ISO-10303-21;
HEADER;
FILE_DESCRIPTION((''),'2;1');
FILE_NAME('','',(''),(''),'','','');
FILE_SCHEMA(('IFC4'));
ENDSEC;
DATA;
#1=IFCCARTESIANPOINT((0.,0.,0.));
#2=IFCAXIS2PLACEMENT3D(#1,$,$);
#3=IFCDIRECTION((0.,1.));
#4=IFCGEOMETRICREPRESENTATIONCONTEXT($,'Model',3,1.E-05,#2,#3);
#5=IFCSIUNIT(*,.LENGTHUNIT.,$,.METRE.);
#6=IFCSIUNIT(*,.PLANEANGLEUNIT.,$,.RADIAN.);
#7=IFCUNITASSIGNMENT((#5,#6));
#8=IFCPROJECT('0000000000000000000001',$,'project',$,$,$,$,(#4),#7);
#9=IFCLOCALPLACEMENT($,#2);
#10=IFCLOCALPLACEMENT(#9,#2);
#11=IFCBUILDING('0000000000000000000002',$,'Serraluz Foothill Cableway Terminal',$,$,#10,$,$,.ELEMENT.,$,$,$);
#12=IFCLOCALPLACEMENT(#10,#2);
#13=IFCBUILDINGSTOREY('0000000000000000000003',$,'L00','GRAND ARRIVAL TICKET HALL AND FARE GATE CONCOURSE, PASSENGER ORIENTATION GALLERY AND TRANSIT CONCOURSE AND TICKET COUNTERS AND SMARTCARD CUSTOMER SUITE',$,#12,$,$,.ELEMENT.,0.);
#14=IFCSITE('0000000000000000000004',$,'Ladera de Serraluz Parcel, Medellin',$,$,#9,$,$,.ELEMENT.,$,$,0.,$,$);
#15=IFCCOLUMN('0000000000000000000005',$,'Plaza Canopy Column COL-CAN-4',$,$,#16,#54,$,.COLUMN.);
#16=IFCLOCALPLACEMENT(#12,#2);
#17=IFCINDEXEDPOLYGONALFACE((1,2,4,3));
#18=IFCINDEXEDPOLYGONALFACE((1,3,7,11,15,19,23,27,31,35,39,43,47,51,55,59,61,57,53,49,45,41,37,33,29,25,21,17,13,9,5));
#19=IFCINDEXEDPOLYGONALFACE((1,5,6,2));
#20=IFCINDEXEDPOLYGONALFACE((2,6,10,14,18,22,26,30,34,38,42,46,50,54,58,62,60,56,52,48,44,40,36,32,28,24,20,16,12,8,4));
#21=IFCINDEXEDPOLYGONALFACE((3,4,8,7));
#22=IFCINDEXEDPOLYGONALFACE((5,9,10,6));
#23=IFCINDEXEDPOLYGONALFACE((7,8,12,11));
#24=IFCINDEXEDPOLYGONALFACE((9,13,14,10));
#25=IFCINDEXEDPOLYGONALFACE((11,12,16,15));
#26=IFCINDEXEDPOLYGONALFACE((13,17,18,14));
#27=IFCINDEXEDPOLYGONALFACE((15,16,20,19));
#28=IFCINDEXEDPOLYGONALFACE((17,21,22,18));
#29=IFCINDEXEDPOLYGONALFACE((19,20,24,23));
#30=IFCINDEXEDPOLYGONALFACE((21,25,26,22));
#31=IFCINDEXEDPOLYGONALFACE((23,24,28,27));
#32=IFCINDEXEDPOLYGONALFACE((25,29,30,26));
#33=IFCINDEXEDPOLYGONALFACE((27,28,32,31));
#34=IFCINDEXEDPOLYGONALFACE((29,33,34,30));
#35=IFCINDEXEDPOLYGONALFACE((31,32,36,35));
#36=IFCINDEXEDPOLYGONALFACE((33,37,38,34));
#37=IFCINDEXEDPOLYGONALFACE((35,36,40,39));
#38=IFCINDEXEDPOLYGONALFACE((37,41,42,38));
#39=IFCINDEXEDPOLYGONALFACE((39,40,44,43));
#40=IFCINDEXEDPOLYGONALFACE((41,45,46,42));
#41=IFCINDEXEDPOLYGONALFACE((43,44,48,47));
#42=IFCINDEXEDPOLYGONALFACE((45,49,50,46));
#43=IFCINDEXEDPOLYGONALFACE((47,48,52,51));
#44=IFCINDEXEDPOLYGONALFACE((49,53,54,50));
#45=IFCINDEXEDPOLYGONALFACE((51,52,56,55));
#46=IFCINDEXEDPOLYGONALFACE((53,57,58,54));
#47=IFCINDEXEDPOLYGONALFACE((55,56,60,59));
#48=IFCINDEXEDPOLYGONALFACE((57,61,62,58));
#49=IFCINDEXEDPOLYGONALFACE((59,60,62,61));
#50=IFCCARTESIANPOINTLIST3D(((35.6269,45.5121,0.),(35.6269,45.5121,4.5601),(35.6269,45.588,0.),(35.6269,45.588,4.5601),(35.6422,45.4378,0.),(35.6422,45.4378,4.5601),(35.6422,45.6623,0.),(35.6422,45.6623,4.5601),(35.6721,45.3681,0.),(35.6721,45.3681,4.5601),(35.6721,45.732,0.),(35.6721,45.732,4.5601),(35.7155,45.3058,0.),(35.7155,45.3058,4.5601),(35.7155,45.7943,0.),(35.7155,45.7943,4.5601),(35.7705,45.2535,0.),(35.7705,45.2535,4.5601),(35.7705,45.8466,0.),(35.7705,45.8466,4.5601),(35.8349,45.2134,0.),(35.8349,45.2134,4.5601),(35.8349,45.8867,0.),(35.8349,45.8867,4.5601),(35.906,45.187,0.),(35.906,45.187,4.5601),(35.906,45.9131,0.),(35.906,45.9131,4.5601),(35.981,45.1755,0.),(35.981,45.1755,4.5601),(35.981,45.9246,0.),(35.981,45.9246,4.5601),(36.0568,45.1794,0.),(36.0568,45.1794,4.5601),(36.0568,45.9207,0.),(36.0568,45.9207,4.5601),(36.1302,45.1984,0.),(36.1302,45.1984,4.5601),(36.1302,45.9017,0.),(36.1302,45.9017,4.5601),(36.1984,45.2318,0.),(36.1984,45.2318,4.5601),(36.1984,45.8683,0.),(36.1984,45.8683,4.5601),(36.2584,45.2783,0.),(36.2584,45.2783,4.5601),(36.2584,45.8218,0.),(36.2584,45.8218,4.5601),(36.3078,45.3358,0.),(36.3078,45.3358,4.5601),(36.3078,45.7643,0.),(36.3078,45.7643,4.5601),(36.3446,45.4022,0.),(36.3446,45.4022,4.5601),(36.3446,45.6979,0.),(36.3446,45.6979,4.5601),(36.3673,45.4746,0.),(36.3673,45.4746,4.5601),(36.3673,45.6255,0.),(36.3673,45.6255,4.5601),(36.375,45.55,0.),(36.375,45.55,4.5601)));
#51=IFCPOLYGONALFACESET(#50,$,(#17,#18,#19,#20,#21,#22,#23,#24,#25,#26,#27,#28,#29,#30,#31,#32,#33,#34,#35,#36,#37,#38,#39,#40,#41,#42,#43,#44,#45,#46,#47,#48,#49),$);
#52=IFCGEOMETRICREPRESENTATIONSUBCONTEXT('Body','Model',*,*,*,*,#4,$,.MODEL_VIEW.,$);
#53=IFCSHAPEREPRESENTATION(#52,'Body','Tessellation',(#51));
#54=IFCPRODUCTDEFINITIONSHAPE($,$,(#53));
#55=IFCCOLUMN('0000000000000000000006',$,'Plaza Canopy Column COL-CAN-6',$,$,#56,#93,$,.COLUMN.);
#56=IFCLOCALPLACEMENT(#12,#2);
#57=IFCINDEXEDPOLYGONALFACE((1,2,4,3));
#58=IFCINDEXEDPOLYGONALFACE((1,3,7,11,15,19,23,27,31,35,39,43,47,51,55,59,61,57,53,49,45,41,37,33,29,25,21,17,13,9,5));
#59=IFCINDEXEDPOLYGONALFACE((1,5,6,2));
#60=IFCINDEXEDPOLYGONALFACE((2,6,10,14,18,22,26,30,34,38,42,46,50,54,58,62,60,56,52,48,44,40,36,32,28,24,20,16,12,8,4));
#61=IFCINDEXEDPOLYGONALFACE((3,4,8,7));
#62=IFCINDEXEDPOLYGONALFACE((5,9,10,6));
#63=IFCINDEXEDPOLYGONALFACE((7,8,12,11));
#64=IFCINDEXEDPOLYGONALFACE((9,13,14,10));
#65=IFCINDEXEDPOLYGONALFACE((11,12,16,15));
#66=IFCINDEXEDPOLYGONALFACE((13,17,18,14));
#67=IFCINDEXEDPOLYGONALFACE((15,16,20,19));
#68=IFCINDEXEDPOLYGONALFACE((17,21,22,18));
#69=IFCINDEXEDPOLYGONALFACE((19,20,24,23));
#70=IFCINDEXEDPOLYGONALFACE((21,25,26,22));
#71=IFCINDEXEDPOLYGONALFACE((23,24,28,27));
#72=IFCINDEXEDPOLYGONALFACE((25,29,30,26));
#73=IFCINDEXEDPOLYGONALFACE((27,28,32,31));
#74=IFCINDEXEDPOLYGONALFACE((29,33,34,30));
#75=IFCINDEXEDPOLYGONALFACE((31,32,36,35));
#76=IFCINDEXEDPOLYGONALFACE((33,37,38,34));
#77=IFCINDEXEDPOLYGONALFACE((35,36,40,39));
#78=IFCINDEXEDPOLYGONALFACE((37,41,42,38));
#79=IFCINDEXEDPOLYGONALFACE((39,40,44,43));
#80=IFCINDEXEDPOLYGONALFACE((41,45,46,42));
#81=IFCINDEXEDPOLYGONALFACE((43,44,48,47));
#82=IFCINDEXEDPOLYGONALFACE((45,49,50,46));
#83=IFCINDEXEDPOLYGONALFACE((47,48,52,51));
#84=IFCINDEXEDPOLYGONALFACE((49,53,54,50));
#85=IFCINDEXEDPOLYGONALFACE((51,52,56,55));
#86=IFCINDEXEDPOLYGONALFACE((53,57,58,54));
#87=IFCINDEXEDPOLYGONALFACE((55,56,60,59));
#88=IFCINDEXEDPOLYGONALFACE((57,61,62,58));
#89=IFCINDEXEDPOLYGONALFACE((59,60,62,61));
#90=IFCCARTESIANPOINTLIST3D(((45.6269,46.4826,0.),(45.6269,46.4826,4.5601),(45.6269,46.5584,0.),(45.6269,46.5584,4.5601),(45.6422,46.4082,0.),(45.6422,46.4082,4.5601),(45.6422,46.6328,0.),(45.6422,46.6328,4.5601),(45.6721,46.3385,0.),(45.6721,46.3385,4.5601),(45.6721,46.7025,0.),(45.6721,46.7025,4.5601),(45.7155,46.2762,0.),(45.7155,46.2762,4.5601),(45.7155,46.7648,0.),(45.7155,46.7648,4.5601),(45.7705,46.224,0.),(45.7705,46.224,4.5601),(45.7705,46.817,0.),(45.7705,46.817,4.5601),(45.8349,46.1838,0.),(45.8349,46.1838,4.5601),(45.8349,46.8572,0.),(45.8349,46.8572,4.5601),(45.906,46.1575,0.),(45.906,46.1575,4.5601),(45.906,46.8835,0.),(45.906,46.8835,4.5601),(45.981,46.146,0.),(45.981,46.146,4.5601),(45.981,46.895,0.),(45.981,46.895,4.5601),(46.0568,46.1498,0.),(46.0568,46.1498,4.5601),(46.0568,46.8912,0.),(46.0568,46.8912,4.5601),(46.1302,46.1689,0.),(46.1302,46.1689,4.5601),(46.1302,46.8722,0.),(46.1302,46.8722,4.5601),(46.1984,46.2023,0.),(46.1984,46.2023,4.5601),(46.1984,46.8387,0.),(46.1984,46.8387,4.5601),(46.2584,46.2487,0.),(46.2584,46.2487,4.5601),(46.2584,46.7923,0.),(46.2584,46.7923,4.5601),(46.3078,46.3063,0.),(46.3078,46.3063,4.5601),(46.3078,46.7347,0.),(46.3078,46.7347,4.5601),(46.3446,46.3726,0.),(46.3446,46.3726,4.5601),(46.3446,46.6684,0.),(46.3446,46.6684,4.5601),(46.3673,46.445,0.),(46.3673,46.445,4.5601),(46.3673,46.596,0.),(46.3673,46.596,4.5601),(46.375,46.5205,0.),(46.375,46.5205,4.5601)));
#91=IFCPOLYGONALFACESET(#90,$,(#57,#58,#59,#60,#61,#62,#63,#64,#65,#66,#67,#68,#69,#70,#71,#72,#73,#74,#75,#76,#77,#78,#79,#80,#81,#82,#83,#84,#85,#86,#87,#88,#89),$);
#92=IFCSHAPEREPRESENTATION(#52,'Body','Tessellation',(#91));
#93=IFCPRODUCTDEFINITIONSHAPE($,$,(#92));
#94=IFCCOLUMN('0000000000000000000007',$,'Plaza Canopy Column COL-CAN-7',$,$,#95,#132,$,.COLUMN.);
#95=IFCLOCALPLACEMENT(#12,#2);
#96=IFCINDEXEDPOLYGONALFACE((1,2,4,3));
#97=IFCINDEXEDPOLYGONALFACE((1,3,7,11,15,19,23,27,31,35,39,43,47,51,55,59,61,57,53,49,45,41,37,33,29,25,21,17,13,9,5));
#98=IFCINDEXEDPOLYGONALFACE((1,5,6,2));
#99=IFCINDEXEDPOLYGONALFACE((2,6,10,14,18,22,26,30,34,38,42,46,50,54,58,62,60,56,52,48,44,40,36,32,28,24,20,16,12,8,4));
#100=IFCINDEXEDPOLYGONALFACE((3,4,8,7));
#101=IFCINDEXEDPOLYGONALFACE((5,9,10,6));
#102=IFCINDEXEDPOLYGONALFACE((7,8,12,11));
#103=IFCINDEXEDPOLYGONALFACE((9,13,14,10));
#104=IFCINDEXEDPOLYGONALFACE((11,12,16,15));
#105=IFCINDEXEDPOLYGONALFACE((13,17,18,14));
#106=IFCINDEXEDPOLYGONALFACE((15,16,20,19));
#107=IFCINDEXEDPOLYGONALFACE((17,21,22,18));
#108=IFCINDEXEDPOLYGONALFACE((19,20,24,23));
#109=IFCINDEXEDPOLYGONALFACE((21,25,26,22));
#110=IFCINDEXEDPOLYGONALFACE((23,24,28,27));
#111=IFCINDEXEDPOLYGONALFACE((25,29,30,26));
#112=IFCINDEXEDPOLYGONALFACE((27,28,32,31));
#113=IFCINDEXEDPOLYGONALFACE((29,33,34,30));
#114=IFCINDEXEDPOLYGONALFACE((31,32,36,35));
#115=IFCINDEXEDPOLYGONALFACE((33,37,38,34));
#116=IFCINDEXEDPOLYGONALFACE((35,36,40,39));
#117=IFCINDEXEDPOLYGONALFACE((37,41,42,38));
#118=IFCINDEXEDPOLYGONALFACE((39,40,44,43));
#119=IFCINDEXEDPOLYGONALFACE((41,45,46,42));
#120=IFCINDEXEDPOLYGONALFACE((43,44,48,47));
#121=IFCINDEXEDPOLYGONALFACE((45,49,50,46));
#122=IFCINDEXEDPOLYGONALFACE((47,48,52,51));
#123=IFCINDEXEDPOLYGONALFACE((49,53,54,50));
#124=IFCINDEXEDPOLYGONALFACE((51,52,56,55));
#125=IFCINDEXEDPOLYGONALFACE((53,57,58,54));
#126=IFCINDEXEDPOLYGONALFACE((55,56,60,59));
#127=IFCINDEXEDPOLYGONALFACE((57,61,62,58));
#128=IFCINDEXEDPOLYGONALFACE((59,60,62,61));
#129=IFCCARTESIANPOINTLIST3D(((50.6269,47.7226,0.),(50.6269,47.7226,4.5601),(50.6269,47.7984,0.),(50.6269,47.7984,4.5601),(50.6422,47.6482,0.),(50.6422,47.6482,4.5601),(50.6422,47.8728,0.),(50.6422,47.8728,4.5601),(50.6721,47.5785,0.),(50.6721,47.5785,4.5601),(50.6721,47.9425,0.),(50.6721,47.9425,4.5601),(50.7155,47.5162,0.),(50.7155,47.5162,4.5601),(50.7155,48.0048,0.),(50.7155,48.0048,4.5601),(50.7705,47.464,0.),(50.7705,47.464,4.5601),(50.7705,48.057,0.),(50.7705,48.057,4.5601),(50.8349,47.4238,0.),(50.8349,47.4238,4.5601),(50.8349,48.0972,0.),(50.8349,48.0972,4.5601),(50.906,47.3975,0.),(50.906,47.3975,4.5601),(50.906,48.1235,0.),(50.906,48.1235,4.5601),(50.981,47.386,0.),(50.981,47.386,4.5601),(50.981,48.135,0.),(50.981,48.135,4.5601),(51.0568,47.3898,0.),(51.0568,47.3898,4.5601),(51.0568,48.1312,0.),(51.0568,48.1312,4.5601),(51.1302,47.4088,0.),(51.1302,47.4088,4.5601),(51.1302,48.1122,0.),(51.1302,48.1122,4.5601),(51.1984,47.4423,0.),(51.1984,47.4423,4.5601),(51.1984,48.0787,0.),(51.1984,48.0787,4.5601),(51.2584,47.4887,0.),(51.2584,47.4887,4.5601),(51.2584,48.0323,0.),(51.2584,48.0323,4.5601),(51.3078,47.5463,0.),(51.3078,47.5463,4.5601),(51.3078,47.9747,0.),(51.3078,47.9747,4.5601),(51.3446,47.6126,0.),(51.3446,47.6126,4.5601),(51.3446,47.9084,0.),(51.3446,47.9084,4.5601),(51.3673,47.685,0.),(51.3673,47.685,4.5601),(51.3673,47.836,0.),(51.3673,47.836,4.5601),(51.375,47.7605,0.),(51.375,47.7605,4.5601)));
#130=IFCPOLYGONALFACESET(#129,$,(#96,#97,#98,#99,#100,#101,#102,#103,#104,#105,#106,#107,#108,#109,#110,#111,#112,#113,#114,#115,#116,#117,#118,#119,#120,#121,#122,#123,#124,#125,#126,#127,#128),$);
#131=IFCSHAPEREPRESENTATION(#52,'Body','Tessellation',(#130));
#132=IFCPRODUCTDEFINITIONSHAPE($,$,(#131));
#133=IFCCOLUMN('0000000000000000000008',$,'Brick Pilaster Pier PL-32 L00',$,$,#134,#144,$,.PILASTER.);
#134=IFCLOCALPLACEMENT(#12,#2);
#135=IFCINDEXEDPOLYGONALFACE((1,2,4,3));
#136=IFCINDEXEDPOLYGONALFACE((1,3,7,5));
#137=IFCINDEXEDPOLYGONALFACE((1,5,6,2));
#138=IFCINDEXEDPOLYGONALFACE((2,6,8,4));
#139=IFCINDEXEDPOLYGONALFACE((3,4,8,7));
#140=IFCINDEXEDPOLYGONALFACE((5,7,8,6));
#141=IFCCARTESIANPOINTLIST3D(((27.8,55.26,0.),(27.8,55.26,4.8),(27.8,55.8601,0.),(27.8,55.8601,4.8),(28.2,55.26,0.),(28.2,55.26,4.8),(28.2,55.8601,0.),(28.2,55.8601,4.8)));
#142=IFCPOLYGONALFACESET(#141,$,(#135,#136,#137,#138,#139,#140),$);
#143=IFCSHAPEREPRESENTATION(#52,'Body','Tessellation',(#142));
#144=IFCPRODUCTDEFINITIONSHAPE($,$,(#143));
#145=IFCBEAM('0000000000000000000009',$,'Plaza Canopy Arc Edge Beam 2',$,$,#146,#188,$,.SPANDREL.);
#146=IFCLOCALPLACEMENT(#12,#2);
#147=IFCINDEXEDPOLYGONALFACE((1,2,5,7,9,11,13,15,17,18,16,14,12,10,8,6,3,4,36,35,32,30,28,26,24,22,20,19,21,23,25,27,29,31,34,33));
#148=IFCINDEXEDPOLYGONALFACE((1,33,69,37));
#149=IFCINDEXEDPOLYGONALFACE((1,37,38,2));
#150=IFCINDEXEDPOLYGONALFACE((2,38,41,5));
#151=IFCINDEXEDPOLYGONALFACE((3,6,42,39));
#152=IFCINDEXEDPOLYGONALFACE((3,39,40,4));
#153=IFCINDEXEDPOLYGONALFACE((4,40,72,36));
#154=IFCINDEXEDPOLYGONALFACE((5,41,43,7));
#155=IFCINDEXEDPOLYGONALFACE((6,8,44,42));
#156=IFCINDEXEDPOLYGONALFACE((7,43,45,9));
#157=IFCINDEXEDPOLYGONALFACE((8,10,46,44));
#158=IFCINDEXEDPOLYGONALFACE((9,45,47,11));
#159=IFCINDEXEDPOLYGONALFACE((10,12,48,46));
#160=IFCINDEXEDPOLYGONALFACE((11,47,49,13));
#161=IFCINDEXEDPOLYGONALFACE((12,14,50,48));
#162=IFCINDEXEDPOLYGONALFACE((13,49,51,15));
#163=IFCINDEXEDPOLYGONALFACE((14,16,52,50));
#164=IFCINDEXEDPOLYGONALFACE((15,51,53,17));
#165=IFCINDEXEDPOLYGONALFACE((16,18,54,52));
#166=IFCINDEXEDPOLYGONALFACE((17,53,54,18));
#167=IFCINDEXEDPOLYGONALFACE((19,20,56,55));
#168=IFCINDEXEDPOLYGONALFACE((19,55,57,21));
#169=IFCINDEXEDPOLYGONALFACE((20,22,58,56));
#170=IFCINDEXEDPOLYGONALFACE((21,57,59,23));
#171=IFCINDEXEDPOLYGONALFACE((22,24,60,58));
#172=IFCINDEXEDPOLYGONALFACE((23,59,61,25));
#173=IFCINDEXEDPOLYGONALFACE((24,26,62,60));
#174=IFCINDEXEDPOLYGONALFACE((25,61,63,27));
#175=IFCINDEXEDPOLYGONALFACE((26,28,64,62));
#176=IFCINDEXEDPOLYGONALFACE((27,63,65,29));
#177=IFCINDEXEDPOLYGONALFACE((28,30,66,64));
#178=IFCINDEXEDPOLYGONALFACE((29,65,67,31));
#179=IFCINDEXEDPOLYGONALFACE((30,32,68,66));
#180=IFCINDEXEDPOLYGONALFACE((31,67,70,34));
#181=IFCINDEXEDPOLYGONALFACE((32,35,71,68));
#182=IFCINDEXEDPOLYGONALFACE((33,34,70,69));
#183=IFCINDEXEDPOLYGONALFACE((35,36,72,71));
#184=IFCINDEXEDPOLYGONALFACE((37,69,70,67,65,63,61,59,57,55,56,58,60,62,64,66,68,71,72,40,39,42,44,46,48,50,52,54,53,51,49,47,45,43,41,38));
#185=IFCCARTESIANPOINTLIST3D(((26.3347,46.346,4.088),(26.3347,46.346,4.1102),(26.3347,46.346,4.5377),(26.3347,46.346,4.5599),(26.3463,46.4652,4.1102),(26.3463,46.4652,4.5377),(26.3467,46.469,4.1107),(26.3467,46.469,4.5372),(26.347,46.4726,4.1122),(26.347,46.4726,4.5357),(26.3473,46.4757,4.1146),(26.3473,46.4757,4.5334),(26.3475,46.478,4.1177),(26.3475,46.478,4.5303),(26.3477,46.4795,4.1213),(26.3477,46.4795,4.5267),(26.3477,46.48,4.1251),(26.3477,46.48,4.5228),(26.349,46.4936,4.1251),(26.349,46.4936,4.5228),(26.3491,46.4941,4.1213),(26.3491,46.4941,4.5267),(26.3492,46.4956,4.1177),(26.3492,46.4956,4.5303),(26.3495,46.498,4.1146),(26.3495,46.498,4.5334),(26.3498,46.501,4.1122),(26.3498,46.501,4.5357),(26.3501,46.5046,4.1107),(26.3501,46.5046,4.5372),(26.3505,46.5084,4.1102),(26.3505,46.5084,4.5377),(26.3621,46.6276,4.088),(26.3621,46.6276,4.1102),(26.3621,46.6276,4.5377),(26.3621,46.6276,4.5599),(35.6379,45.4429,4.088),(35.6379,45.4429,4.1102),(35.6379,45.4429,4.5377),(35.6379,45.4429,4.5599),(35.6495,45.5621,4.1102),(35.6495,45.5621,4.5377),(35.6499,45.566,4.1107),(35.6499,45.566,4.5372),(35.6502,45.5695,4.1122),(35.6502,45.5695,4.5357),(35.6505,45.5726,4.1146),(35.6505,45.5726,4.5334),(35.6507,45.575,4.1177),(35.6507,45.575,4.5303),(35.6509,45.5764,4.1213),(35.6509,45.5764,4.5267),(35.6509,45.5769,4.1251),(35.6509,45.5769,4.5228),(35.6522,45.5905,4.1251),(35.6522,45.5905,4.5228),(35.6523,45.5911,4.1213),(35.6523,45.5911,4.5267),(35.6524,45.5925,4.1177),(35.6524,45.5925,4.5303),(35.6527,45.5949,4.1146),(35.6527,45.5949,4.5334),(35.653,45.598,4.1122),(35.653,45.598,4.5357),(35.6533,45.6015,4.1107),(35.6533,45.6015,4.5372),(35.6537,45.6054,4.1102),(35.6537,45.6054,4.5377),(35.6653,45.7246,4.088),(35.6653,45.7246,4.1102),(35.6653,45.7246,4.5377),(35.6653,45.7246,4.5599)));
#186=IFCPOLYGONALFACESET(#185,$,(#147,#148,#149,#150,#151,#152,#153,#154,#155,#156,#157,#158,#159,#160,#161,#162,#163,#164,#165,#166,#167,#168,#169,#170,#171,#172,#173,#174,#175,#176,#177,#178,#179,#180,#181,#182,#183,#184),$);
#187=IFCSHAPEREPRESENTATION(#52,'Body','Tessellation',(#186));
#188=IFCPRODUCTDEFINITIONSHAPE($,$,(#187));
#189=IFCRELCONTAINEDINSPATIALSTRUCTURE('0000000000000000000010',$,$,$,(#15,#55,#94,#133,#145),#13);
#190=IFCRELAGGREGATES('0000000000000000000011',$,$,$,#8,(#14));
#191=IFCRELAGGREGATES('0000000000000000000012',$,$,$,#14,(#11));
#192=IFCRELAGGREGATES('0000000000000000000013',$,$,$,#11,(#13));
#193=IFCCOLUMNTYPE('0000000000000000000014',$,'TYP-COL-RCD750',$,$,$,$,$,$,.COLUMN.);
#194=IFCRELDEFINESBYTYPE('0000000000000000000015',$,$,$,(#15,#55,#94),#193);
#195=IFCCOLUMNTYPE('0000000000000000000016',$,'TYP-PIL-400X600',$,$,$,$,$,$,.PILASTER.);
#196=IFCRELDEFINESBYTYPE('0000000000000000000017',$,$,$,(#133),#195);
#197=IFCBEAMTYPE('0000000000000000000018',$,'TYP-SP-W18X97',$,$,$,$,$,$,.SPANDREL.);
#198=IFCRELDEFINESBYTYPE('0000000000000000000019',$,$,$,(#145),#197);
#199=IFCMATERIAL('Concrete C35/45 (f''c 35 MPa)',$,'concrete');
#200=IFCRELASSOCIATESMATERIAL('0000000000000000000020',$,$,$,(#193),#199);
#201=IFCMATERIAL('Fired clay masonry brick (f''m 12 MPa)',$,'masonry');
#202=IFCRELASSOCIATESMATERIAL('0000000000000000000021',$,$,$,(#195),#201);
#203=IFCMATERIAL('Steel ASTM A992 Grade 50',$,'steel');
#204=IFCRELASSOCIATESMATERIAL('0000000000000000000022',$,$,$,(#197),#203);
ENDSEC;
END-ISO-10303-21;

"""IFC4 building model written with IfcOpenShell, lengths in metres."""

from ifc_helpers import new_model, si_unit, direction, frame, origin, origin_2d, place, context, subcontext, project, spatial, rectangle, circle, i_section, extrude, material, material_profile, profile_set, type_object, element, save


model = new_model("IFC4")

# Units and contexts
model_context = context("Model", 3, precision=1e-05, world=origin(), true_north=direction((0.0, 1.0)))
body_context = subcontext(model_context, "Body", "Model", "MODEL_VIEW")
ifc_project = project(units=[si_unit("LENGTHUNIT", "METRE"), si_unit("PLANEANGLEUNIT", "RADIAN")], contexts=[model_context])

# Site, building, storey
site_placement = place(None, origin())
site = spatial("IfcSite", under=ifc_project, at=site_placement, Name="Ladera de Serraluz Parcel, Medellin", CompositionType="ELEMENT", RefElevation=0.0)
building_placement = place(site_placement, origin())
building = spatial("IfcBuilding", under=site, at=building_placement, Name="Serraluz Foothill Cableway Terminal", CompositionType="ELEMENT")
storey_placement = place(building_placement, origin())
storey = spatial("IfcBuildingStorey", under=building, at=storey_placement, Name="L00", Description="GRAND ARRIVAL TICKET HALL AND FARE GATE CONCOURSE, PASSENGER ORIENTATION GALLERY AND TRANSIT CONCOURSE AND TICKET COUNTERS AND SMARTCARD CUSTOMER SUITE", CompositionType="ELEMENT", Elevation=0.0)

# Shared definitions
ifc_material_1 = material(Name="Concrete C35/45 (f'c 35 MPa)", Category="concrete")

# Columns
ifc_material_profile_1 = material_profile(ifc_material_1, circle(Radius=0.375, at=origin_2d()), Name="RC D750")
ifc_profile_set_1 = profile_set([ifc_material_profile_1], Name="Concrete C35/45 (f'c 35 MPa)")
column_type_1 = type_object("IfcColumnType", Name="TYP-COL-RCD750", PredefinedType="COLUMN", material=ifc_profile_set_1)
for number, where, z_axis, x_axis, name in (
    (1, (36.0, 45.55, 0.0), (0.0, 0.0, 1.0), (1.0, 0.0, 0.0), "Plaza Canopy Column COL-CAN-4"),
    (2, (46.0, 46.5205, 0.0), (0.0, 0.0, 1.0), (1.0, 0.0, 0.0), "Plaza Canopy Column COL-CAN-6"),
    (3, (51.0, 47.7605, 0.0), (0.0, 0.0, 1.0), (1.0, 0.0, 0.0), "Plaza Canopy Column COL-CAN-7"),
):
    element("IfcColumn", number, at=place(storey_placement, frame(where, z_axis=z_axis, x_axis=x_axis)), inside=storey, type_object=column_type_1, Name=name, PredefinedType="COLUMN", context=body_context, shape_type="SweptSolid", body=[
        extrude(circle(Radius=0.375, at=origin_2d()), origin(), (0.0, 0.0, 1.0), 4.5601),
    ])
ifc_material_2 = material(Name="Fired clay masonry brick (f'm 12 MPa)", Category="masonry")
ifc_material_profile_2 = material_profile(ifc_material_2, rectangle(XDim=0.3999, YDim=0.6001, at=origin_2d()), Name="PIL 400x600")
ifc_profile_set_2 = profile_set([ifc_material_profile_2], Name="Fired clay masonry brick (f'm 12 MPa)")
column_type_2 = type_object("IfcColumnType", Name="TYP-PIL-400X600", PredefinedType="PILASTER", material=ifc_profile_set_2)
column_placement = place(storey_placement, frame((28.0, 55.5601, 0.0), z_axis=(0.0, 0.0, 1.0), x_axis=(1.0, 0.0, 0.0)))
element("IfcColumn", 4, at=column_placement, inside=storey, type_object=column_type_2, Name="Brick Pilaster Pier PL-32 L00", PredefinedType="PILASTER", context=body_context, shape_type="SweptSolid", body=[
    extrude(rectangle(XDim=0.3999, YDim=0.6001, at=origin_2d()), origin(), (0.0, 0.0, 1.0), 4.8),
])

# Beam
ifc_material_3 = material(Name="Steel ASTM A992 Grade 50", Category="steel")
ifc_material_profile_3 = material_profile(ifc_material_3, i_section(OverallWidth=0.283, OverallDepth=0.4719, WebThickness=0.0137, FlangeThickness=0.0222, FilletRadius=0.0149, at=origin_2d()), Name="W18X97")
ifc_profile_set_3 = profile_set([ifc_material_profile_3], Name="Steel ASTM A992 Grade 50")
beam_type = type_object("IfcBeamType", Name="TYP-SP-W18X97", PredefinedType="SPANDREL", material=ifc_profile_set_3)
for number, where, z_axis, x_axis, name in (
    (5, (26.3484, 46.4868, 4.324), (0.995322, -0.096617, 0.0), (0.096617, 0.995322, 0.0), "Plaza Canopy Arc Edge Beam 2"),
):
    element("IfcBeam", number, at=place(storey_placement, frame(where, z_axis=z_axis, x_axis=x_axis)), inside=storey, type_object=beam_type, Name=name, PredefinedType="SPANDREL", context=body_context, shape_type="SweptSolid", body=[
        extrude(i_section(OverallWidth=0.283, OverallDepth=0.4719, WebThickness=0.0137, FlangeThickness=0.0222, FilletRadius=0.0149, at=origin_2d()), origin(), (0.0, 0.0, 1.0), 9.3469),
    ])

save(model, "model.ifc")
